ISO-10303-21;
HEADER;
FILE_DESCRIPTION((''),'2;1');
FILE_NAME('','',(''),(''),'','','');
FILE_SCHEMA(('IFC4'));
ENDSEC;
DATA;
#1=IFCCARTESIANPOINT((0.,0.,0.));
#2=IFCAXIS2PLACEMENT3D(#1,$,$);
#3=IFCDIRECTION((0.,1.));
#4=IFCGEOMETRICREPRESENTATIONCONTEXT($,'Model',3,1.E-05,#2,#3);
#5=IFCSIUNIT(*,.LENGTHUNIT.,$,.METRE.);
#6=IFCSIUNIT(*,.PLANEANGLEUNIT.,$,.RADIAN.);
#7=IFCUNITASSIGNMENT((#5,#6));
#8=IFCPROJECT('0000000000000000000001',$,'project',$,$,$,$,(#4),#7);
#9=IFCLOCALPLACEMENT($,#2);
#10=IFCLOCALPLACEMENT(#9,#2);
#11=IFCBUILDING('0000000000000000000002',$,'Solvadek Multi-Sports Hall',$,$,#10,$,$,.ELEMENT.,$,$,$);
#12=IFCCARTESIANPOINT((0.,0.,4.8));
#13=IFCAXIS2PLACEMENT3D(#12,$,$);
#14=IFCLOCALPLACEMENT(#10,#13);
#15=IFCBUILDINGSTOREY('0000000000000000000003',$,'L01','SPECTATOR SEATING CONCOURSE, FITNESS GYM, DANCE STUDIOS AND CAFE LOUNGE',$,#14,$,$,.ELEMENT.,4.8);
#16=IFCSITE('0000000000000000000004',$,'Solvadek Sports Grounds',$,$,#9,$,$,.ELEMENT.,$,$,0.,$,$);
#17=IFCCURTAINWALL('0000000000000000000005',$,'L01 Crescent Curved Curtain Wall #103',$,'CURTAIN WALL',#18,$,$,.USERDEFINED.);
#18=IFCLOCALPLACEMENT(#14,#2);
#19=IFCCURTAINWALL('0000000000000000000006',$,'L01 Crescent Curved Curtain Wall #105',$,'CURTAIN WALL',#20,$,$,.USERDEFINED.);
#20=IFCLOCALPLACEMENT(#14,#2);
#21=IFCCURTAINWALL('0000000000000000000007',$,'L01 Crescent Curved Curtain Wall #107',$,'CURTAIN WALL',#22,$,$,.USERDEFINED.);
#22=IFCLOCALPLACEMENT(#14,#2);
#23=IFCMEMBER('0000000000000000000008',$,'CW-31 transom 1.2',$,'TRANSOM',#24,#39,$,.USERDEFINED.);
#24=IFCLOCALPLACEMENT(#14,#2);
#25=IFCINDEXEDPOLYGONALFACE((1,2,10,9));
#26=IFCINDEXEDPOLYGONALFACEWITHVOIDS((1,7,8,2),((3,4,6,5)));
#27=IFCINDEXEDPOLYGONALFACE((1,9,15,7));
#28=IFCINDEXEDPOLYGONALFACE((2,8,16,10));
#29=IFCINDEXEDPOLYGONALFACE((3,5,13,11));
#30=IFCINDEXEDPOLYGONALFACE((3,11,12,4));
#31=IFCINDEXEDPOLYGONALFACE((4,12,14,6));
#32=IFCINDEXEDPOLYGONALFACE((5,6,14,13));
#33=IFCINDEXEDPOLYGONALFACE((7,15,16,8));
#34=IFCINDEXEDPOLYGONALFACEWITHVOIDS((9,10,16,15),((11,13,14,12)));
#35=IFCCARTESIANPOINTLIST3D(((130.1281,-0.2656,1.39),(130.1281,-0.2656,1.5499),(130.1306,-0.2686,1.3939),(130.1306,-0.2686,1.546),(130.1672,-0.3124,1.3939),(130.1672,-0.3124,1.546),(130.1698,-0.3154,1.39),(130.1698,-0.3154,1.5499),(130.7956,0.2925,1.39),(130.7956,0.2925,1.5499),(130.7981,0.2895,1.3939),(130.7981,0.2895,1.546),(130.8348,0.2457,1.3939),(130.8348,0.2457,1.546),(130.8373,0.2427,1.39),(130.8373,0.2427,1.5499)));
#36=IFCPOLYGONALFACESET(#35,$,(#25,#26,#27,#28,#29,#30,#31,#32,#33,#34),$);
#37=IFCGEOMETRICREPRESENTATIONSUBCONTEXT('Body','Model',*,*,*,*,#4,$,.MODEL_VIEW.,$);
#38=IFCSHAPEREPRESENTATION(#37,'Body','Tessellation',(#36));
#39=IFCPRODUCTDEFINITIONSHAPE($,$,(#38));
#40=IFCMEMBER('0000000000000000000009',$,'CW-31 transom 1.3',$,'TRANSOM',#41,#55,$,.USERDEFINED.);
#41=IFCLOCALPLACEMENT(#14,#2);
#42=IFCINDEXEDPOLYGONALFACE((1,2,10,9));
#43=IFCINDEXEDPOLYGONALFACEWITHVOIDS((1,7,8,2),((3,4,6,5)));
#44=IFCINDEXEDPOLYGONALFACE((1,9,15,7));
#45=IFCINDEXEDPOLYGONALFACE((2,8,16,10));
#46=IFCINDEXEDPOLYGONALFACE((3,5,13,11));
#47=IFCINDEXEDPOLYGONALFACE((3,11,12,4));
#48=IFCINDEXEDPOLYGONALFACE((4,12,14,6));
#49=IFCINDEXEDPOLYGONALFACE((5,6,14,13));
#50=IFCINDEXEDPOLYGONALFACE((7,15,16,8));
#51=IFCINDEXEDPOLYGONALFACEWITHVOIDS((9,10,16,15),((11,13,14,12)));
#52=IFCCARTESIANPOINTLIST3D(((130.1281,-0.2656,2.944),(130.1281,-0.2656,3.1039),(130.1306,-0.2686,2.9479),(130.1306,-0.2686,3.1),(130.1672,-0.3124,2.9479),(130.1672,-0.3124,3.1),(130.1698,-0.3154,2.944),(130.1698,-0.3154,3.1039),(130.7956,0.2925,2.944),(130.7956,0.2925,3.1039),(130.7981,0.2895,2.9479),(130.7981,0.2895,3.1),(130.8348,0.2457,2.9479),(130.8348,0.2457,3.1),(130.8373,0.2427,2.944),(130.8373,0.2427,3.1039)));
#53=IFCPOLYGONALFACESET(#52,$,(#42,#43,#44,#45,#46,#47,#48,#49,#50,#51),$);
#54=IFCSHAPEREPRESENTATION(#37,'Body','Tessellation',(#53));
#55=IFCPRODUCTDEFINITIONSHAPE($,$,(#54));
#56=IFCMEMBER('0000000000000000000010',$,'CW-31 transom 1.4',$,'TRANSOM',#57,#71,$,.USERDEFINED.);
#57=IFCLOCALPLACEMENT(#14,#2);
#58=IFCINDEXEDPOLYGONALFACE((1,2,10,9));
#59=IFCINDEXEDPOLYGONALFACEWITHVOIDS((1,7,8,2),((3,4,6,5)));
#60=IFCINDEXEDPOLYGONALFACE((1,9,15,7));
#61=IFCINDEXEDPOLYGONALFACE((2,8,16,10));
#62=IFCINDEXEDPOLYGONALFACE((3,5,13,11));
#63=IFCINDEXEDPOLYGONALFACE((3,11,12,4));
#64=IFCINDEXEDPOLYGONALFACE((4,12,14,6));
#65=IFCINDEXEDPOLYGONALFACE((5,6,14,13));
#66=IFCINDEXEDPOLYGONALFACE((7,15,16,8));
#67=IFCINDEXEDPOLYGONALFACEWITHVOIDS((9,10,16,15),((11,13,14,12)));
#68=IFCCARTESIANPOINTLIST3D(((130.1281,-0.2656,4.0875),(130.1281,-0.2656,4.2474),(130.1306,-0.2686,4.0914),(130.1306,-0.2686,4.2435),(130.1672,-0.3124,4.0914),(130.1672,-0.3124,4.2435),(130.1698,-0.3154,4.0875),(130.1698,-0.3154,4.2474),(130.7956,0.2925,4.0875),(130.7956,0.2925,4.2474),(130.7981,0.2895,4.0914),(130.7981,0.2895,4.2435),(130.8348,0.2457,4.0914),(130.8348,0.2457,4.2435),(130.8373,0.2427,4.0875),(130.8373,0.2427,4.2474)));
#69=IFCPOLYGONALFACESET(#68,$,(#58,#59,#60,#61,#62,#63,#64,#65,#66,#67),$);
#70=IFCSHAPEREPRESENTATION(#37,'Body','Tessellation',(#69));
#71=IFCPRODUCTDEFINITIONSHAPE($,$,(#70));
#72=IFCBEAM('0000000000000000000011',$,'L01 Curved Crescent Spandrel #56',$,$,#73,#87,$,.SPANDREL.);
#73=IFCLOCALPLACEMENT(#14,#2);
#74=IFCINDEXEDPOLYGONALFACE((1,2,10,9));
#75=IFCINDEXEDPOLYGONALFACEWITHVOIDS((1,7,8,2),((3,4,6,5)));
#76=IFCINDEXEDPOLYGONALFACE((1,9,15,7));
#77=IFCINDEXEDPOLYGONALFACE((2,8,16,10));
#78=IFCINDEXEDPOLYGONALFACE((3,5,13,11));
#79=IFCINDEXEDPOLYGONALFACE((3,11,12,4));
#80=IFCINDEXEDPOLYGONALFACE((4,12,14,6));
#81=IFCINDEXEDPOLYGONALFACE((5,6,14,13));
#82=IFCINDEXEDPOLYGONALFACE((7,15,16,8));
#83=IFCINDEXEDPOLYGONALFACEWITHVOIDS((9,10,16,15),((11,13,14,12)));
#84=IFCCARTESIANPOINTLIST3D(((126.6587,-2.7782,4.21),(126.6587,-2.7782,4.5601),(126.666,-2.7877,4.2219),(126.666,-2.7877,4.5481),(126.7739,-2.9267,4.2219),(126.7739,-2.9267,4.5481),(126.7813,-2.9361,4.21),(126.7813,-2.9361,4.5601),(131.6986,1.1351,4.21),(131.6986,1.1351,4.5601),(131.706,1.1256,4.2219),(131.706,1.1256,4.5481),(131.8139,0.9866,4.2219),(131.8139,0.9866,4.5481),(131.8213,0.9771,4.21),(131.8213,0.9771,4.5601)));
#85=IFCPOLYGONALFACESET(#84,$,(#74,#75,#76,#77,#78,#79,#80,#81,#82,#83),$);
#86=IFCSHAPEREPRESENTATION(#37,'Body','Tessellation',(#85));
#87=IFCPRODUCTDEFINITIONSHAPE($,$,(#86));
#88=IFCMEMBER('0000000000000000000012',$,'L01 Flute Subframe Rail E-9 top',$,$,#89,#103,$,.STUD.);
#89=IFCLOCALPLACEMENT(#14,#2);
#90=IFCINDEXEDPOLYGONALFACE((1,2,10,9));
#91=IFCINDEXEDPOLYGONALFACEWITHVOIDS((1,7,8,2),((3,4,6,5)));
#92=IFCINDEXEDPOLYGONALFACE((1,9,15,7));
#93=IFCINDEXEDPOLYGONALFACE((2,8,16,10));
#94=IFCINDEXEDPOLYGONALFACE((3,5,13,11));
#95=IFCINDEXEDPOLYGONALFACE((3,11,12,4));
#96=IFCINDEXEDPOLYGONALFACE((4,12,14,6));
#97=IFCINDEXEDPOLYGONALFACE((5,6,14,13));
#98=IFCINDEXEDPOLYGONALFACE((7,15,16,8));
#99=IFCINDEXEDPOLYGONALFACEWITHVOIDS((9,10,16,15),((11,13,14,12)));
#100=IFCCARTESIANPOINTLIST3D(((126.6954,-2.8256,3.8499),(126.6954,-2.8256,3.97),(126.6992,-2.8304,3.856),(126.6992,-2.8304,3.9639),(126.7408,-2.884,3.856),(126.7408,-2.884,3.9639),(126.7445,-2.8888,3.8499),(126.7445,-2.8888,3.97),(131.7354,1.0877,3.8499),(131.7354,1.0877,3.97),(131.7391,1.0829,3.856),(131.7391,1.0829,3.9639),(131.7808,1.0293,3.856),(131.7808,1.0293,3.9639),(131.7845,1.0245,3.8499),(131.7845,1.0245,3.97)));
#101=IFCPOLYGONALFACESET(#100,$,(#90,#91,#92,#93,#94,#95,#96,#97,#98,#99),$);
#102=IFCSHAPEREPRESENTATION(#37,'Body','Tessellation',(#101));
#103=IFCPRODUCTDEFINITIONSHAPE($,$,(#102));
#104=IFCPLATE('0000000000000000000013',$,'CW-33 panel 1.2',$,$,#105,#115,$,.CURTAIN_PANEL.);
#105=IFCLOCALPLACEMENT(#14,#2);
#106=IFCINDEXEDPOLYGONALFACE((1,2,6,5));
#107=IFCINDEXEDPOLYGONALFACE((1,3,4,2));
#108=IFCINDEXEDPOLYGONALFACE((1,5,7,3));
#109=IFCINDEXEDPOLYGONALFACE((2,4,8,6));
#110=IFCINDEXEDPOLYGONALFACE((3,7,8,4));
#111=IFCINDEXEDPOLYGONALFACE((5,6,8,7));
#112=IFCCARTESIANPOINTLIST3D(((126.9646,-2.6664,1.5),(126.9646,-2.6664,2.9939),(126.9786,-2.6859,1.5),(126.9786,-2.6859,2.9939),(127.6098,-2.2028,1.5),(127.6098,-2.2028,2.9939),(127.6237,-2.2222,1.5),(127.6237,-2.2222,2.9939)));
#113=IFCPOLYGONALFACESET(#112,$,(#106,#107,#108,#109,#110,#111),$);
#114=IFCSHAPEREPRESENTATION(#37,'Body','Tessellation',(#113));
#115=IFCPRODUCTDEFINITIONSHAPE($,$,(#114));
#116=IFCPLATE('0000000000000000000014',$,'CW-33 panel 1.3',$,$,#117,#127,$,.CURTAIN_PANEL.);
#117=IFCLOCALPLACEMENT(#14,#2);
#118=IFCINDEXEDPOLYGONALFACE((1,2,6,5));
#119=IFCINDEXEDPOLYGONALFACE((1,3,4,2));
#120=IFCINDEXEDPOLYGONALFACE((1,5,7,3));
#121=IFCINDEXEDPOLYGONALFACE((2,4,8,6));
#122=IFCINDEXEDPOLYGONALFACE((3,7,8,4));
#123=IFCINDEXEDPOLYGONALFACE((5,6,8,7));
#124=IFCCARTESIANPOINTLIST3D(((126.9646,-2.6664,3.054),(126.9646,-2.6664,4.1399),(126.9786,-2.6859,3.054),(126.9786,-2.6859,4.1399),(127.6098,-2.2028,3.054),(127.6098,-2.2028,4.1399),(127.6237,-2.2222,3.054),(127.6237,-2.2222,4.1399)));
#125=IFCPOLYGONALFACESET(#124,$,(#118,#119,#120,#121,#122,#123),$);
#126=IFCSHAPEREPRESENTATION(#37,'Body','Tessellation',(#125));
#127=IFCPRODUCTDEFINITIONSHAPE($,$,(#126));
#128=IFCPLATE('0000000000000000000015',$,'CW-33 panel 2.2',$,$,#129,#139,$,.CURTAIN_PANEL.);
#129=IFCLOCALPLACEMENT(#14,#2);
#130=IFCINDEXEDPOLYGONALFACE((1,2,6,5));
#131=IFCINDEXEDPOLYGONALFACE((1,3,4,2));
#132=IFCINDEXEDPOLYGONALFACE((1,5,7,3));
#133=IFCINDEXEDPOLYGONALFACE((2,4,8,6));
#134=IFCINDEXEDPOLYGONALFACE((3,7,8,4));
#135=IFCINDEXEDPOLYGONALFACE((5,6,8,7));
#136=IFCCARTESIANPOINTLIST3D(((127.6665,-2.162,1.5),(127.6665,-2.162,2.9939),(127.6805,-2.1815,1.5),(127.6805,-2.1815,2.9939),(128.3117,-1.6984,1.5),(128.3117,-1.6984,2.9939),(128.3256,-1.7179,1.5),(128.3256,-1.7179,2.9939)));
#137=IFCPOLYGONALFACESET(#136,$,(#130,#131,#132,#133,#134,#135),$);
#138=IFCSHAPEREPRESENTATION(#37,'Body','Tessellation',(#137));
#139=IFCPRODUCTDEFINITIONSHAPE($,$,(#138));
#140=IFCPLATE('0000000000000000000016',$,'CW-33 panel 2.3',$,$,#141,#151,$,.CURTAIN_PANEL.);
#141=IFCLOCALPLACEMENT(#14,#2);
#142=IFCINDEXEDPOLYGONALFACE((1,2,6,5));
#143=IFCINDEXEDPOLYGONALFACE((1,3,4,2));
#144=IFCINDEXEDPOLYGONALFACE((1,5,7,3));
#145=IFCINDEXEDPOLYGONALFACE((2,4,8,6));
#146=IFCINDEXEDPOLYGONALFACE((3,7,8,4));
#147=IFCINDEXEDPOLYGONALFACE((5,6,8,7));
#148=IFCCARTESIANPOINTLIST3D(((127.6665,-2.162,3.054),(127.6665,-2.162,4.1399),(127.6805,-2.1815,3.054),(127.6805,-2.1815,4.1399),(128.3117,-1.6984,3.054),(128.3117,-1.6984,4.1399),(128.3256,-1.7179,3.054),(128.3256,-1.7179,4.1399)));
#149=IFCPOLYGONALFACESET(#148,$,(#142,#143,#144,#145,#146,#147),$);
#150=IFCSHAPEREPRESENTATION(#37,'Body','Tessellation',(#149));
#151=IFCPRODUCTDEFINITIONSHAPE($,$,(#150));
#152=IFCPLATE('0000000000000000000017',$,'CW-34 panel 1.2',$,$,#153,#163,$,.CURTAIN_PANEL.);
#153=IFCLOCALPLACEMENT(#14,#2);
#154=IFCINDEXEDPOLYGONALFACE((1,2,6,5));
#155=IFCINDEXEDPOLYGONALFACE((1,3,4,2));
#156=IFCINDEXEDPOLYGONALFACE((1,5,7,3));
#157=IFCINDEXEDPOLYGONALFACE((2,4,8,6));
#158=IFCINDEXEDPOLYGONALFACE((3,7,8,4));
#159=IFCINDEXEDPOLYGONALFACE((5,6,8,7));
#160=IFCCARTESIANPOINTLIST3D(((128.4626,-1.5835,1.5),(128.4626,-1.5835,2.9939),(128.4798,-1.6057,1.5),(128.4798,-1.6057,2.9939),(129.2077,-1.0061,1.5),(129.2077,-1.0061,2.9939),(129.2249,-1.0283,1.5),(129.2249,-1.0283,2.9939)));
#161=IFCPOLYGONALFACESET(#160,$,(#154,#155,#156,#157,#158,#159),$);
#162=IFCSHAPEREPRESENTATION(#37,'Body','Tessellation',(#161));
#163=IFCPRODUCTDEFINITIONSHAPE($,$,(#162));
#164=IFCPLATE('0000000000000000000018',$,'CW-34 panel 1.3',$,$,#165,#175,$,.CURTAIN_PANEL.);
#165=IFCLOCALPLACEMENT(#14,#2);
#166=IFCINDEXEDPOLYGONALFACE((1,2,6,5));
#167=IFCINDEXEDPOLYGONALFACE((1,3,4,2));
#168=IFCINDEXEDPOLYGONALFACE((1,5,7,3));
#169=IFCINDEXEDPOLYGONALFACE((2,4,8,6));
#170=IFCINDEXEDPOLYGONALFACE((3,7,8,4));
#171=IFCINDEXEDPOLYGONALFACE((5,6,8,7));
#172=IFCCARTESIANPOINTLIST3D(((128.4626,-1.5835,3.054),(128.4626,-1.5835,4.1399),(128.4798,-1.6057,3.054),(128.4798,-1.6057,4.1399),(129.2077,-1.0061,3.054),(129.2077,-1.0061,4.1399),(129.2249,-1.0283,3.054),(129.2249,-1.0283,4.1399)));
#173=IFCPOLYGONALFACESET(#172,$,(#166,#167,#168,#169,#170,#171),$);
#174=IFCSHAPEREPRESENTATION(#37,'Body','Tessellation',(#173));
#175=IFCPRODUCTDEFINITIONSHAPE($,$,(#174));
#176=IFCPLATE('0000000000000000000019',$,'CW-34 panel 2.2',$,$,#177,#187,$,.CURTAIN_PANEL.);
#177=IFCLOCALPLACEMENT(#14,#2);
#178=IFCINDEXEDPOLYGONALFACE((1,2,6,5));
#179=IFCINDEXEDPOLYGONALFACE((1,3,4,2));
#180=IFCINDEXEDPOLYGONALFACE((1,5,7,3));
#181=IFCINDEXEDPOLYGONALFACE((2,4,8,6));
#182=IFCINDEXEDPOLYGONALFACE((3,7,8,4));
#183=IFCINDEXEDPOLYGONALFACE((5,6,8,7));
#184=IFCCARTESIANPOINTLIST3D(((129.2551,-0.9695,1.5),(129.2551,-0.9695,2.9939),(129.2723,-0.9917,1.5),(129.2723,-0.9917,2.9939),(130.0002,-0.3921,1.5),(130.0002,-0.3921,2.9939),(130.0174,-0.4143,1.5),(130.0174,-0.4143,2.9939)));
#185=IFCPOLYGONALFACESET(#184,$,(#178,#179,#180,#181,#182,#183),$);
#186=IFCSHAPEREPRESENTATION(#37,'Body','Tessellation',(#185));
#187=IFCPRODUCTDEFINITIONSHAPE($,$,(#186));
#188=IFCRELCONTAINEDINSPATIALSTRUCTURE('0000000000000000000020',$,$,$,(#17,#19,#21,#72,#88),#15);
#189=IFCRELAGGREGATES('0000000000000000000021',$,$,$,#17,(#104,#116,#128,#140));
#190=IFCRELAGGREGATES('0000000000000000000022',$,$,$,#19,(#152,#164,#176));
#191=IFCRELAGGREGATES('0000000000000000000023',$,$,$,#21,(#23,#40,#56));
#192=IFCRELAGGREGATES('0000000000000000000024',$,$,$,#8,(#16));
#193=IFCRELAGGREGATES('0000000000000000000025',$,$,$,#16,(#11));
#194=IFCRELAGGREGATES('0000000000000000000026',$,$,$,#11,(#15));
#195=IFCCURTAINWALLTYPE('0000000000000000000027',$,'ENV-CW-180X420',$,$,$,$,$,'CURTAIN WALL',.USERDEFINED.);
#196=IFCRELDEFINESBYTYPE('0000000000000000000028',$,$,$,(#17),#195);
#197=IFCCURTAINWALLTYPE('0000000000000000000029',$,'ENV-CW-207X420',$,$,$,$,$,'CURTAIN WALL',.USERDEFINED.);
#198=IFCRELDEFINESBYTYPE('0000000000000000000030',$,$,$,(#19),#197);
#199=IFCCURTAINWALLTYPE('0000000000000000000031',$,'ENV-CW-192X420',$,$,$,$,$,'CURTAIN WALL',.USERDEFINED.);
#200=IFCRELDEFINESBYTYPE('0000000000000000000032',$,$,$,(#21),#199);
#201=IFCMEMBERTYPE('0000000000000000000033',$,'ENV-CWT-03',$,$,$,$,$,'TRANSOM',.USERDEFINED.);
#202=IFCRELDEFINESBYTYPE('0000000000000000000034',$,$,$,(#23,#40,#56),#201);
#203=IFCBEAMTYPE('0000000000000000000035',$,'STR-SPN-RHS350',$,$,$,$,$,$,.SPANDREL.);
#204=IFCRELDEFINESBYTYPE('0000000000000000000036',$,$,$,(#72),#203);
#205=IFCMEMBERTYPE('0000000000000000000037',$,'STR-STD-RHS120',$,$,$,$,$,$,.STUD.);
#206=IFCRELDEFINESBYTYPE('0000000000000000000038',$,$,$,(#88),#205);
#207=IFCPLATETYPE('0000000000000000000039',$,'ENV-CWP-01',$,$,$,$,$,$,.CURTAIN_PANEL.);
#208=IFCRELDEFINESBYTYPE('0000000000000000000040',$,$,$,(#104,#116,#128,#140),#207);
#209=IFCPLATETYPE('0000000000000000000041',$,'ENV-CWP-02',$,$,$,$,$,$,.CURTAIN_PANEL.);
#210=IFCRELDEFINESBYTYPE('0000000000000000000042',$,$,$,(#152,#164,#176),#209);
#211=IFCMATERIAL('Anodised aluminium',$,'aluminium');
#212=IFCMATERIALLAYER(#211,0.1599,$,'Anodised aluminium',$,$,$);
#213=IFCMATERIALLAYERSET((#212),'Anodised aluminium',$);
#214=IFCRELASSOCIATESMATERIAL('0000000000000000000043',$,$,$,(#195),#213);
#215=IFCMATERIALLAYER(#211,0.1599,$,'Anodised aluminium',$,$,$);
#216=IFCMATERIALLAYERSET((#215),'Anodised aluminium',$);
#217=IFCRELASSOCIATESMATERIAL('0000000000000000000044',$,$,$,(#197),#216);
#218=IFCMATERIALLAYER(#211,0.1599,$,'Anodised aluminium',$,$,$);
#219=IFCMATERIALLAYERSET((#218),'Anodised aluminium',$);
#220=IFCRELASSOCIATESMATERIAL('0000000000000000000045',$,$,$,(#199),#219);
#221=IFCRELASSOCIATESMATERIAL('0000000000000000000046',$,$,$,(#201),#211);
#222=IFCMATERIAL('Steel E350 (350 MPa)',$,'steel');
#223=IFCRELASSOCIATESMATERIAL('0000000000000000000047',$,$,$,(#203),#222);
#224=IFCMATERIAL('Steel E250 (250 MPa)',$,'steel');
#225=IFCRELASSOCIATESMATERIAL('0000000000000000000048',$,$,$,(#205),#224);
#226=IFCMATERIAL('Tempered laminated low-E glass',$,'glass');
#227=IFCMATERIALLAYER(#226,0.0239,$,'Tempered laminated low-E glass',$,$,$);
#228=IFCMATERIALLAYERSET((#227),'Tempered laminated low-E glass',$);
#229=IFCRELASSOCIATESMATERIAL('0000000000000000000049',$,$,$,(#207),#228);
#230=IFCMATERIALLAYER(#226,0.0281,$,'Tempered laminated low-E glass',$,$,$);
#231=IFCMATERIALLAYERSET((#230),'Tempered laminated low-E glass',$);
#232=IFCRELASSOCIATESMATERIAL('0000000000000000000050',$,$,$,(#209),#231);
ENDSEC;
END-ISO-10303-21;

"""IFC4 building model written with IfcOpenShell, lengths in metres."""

from ifc_helpers import new_model, si_unit, direction, frame, origin, origin_2d, place, context, subcontext, project, spatial, rectangle, hollow_rectangle, extrude, material, layer, layer_set, material_profile, profile_set, type_object, element, aggregate, save


model = new_model("IFC4")

# Units and contexts
model_context = context("Model", 3, precision=1e-05, world=origin(), true_north=direction((0.0, 1.0)))
body_context = subcontext(model_context, "Body", "Model", "MODEL_VIEW")
ifc_project = project(units=[si_unit("LENGTHUNIT", "METRE"), si_unit("PLANEANGLEUNIT", "RADIAN")], contexts=[model_context])

# Site, building, storey
site_placement = place(None, origin())
site = spatial("IfcSite", under=ifc_project, at=site_placement, Name="Solvadek Sports Grounds", CompositionType="ELEMENT", RefElevation=0.0)
building_placement = place(site_placement, origin())
building = spatial("IfcBuilding", under=site, at=building_placement, Name="Solvadek Multi-Sports Hall", CompositionType="ELEMENT")
storey_placement = place(building_placement, frame((0.0, 0.0, 4.8)))
storey = spatial("IfcBuildingStorey", under=building, at=storey_placement, Name="L01", Description="SPECTATOR SEATING CONCOURSE, FITNESS GYM, DANCE STUDIOS AND CAFE LOUNGE", CompositionType="ELEMENT", Elevation=4.8)

# Curtain walls, members
ifc_material_1 = material(Name="Anodised aluminium", Category="aluminium")
ifc_layer_1 = layer(ifc_material_1, 0.1599, Name="Anodised aluminium")
ifc_layer_set_1 = layer_set([ifc_layer_1], Name="Anodised aluminium")
curtain_wall_type_1 = type_object("IfcCurtainWallType", Name="ENV-CW-180X420", ElementType="CURTAIN WALL", PredefinedType="USERDEFINED", material=ifc_layer_set_1)
curtain_wall_1_placement = place(storey_placement, origin())
curtain_wall_1 = element("IfcCurtainWall", 1, at=curtain_wall_1_placement, inside=storey, type_object=curtain_wall_type_1, Name="L01 Crescent Curved Curtain Wall #103", ObjectType="CURTAIN WALL", PredefinedType="USERDEFINED")
ifc_layer_2 = layer(ifc_material_1, 0.1599, Name="Anodised aluminium")
ifc_layer_set_2 = layer_set([ifc_layer_2], Name="Anodised aluminium")
curtain_wall_type_2 = type_object("IfcCurtainWallType", Name="ENV-CW-207X420", ElementType="CURTAIN WALL", PredefinedType="USERDEFINED", material=ifc_layer_set_2)
curtain_wall_2_placement = place(storey_placement, origin())
curtain_wall_2 = element("IfcCurtainWall", 2, at=curtain_wall_2_placement, inside=storey, type_object=curtain_wall_type_2, Name="L01 Crescent Curved Curtain Wall #105", ObjectType="CURTAIN WALL", PredefinedType="USERDEFINED")
ifc_layer_3 = layer(ifc_material_1, 0.1599, Name="Anodised aluminium")
ifc_layer_set_3 = layer_set([ifc_layer_3], Name="Anodised aluminium")
curtain_wall_type_3 = type_object("IfcCurtainWallType", Name="ENV-CW-192X420", ElementType="CURTAIN WALL", PredefinedType="USERDEFINED", material=ifc_layer_set_3)
curtain_wall_3_placement = place(storey_placement, origin())
curtain_wall_3 = element("IfcCurtainWall", 3, at=curtain_wall_3_placement, inside=storey, type_object=curtain_wall_type_3, Name="L01 Crescent Curved Curtain Wall #107", ObjectType="CURTAIN WALL", PredefinedType="USERDEFINED")
ifc_material_profile_1 = material_profile(ifc_material_1, hollow_rectangle(XDim=0.0649, YDim=0.1599, WallThickness=0.0039, at=origin_2d()), Name="ALU-T 160x65x4")
ifc_profile_set_1 = profile_set([ifc_material_profile_1], Name="Anodised aluminium")
member_type_1 = type_object("IfcMemberType", Name="ENV-CWT-03", ElementType="TRANSOM", PredefinedType="USERDEFINED", material=ifc_profile_set_1)
member_1_placement = place(storey_placement, frame((130.1489, -0.2905, 1.47), z_axis=(0.767162, 0.641453, 0.0), x_axis=(-0.641453, 0.767162, 0.0)))
member_1 = element("IfcMember", 4, at=member_1_placement, type_object=member_type_1, Name="CW-31 transom 1.2", ObjectType="TRANSOM", PredefinedType="USERDEFINED", context=body_context, shape_type="SweptSolid", body=[
    extrude(hollow_rectangle(XDim=0.0649, YDim=0.1599, WallThickness=0.0039, at=origin_2d()), origin(), (0.0, 0.0, 1.0), 0.8701),
])
member_2_placement = place(storey_placement, frame((130.1489, -0.2905, 3.0239), z_axis=(0.767162, 0.641453, 0.0), x_axis=(-0.641453, 0.767162, 0.0)))
member_2 = element("IfcMember", 5, at=member_2_placement, type_object=member_type_1, Name="CW-31 transom 1.3", ObjectType="TRANSOM", PredefinedType="USERDEFINED", context=body_context, shape_type="SweptSolid", body=[
    extrude(hollow_rectangle(XDim=0.0649, YDim=0.1599, WallThickness=0.0039, at=origin_2d()), origin(), (0.0, 0.0, 1.0), 0.8701),
])
member_3_placement = place(storey_placement, frame((130.1489, -0.2905, 4.1675), z_axis=(0.767162, 0.641453, 0.0), x_axis=(-0.641453, 0.767162, 0.0)))
member_3 = element("IfcMember", 6, at=member_3_placement, type_object=member_type_1, Name="CW-31 transom 1.4", ObjectType="TRANSOM", PredefinedType="USERDEFINED", context=body_context, shape_type="SweptSolid", body=[
    extrude(hollow_rectangle(XDim=0.0649, YDim=0.1599, WallThickness=0.0039, at=origin_2d()), origin(), (0.0, 0.0, 1.0), 0.8701),
])

# Beam
ifc_material_2 = material(Name="Steel E350 (350 MPa)", Category="steel")
ifc_material_profile_2 = material_profile(ifc_material_2, hollow_rectangle(XDim=0.2, YDim=0.3501, WallThickness=0.012, at=origin_2d()), Name="RHS 350x200x12")
ifc_profile_set_2 = profile_set([ifc_material_profile_2], Name="Steel E350 (350 MPa)")
beam_type = type_object("IfcBeamType", Name="STR-SPN-RHS350", PredefinedType="SPANDREL", material=ifc_profile_set_2)
beam_placement = place(storey_placement, frame((126.72, -2.8572, 4.385), z_axis=(0.789861, 0.613286, 0.0), x_axis=(-0.613286, 0.789861, 0.0)))
element("IfcBeam", 7, at=beam_placement, inside=storey, type_object=beam_type, Name="L01 Curved Crescent Spandrel #56", PredefinedType="SPANDREL", context=body_context, shape_type="SweptSolid", body=[
    extrude(hollow_rectangle(XDim=0.2, YDim=0.3501, WallThickness=0.012, at=origin_2d()), origin(), (0.0, 0.0, 1.0), 6.3809),
])

# Member
ifc_material_3 = material(Name="Steel E250 (250 MPa)", Category="steel")
ifc_material_profile_3 = material_profile(ifc_material_3, hollow_rectangle(XDim=0.0801, YDim=0.1201, WallThickness=0.0061, at=origin_2d()), Name="RHS 120x80x6")
ifc_profile_set_3 = profile_set([ifc_material_profile_3], Name="Steel E250 (250 MPa)")
member_type_2 = type_object("IfcMemberType", Name="STR-STD-RHS120", PredefinedType="STUD", material=ifc_profile_set_3)
member_4_placement = place(storey_placement, frame((126.72, -2.8572, 3.9099), z_axis=(0.789861, 0.613286, 0.0), x_axis=(-0.613286, 0.789861, 0.0)))
element("IfcMember", 8, at=member_4_placement, inside=storey, type_object=member_type_2, Name="L01 Flute Subframe Rail E-9 top", PredefinedType="STUD", context=body_context, shape_type="SweptSolid", body=[
    extrude(hollow_rectangle(XDim=0.0801, YDim=0.1201, WallThickness=0.0061, at=origin_2d()), origin(), (0.0, 0.0, 1.0), 6.3809),
])

# Plates
ifc_material_4 = material(Name="Tempered laminated low-E glass", Category="glass")
ifc_layer_4 = layer(ifc_material_4, 0.0239, Name="Tempered laminated low-E glass")
ifc_layer_set_4 = layer_set([ifc_layer_4], Name="Tempered laminated low-E glass")
plate_type_1 = type_object("IfcPlateType", Name="ENV-CWP-01", PredefinedType="CURTAIN_PANEL", material=ifc_layer_set_4)
plate_1_placement = place(storey_placement, frame((127.2942, -2.4443, 1.5), z_axis=(0.0, 0.0, 1.0), x_axis=(0.812062, 0.583571, 0.0)))
plate_1 = element("IfcPlate", 9, at=plate_1_placement, type_object=plate_type_1, Name="CW-33 panel 1.2", PredefinedType="CURTAIN_PANEL", context=body_context, shape_type="SweptSolid", body=[
    extrude(rectangle(XDim=0.7944, YDim=0.0239, at=origin_2d()), origin(), (0.0, 0.0, 1.0), 1.4939),
])
plate_2_placement = place(storey_placement, frame((127.2942, -2.4443, 3.054), z_axis=(0.0, 0.0, 1.0), x_axis=(0.812062, 0.583571, 0.0)))
plate_2 = element("IfcPlate", 10, at=plate_2_placement, type_object=plate_type_1, Name="CW-33 panel 1.3", PredefinedType="CURTAIN_PANEL", context=body_context, shape_type="SweptSolid", body=[
    extrude(rectangle(XDim=0.7944, YDim=0.0239, at=origin_2d()), origin(), (0.0, 0.0, 1.0), 1.0859),
])
plate_3_placement = place(storey_placement, frame((127.9961, -1.9399, 1.5), z_axis=(0.0, 0.0, 1.0), x_axis=(0.812062, 0.583571, 0.0)))
plate_3 = element("IfcPlate", 11, at=plate_3_placement, type_object=plate_type_1, Name="CW-33 panel 2.2", PredefinedType="CURTAIN_PANEL", context=body_context, shape_type="SweptSolid", body=[
    extrude(rectangle(XDim=0.7944, YDim=0.0239, at=origin_2d()), origin(), (0.0, 0.0, 1.0), 1.4939),
])
plate_4_placement = place(storey_placement, frame((127.9961, -1.9399, 3.054), z_axis=(0.0, 0.0, 1.0), x_axis=(0.812062, 0.583571, 0.0)))
plate_4 = element("IfcPlate", 12, at=plate_4_placement, type_object=plate_type_1, Name="CW-33 panel 2.3", PredefinedType="CURTAIN_PANEL", context=body_context, shape_type="SweptSolid", body=[
    extrude(rectangle(XDim=0.7944, YDim=0.0239, at=origin_2d()), origin(), (0.0, 0.0, 1.0), 1.0859),
])
aggregate(curtain_wall_1, [plate_1, plate_2, plate_3, plate_4])
ifc_layer_5 = layer(ifc_material_4, 0.0281, Name="Tempered laminated low-E glass")
ifc_layer_set_5 = layer_set([ifc_layer_5], Name="Tempered laminated low-E glass")
plate_type_2 = type_object("IfcPlateType", Name="ENV-CWP-02", PredefinedType="CURTAIN_PANEL", material=ifc_layer_set_5)
plate_5_placement = place(storey_placement, frame((128.8438, -1.3059, 1.5), z_axis=(0.0, 0.0, 1.0), x_axis=(0.790501, 0.612461, 0.0)))
plate_5 = element("IfcPlate", 13, at=plate_5_placement, type_object=plate_type_2, Name="CW-34 panel 1.2", PredefinedType="CURTAIN_PANEL", context=body_context, shape_type="SweptSolid", body=[
    extrude(rectangle(XDim=0.9426, YDim=0.0281, at=origin_2d()), origin(), (0.0, 0.0, 1.0), 1.4939),
])
plate_6_placement = place(storey_placement, frame((128.8438, -1.3059, 3.054), z_axis=(0.0, 0.0, 1.0), x_axis=(0.790501, 0.612461, 0.0)))
plate_6 = element("IfcPlate", 14, at=plate_6_placement, type_object=plate_type_2, Name="CW-34 panel 1.3", PredefinedType="CURTAIN_PANEL", context=body_context, shape_type="SweptSolid", body=[
    extrude(rectangle(XDim=0.9426, YDim=0.0281, at=origin_2d()), origin(), (0.0, 0.0, 1.0), 1.0859),
])
plate_7_placement = place(storey_placement, frame((129.6362, -0.6919, 1.5), z_axis=(0.0, 0.0, 1.0), x_axis=(0.790501, 0.612461, 0.0)))
plate_7 = element("IfcPlate", 15, at=plate_7_placement, type_object=plate_type_2, Name="CW-34 panel 2.2", PredefinedType="CURTAIN_PANEL", context=body_context, shape_type="SweptSolid", body=[
    extrude(rectangle(XDim=0.9426, YDim=0.0281, at=origin_2d()), origin(), (0.0, 0.0, 1.0), 1.4939),
])
aggregate(curtain_wall_2, [plate_5, plate_6, plate_7])
aggregate(curtain_wall_3, [member_1, member_2, member_3])

save(model, "model.ifc")
